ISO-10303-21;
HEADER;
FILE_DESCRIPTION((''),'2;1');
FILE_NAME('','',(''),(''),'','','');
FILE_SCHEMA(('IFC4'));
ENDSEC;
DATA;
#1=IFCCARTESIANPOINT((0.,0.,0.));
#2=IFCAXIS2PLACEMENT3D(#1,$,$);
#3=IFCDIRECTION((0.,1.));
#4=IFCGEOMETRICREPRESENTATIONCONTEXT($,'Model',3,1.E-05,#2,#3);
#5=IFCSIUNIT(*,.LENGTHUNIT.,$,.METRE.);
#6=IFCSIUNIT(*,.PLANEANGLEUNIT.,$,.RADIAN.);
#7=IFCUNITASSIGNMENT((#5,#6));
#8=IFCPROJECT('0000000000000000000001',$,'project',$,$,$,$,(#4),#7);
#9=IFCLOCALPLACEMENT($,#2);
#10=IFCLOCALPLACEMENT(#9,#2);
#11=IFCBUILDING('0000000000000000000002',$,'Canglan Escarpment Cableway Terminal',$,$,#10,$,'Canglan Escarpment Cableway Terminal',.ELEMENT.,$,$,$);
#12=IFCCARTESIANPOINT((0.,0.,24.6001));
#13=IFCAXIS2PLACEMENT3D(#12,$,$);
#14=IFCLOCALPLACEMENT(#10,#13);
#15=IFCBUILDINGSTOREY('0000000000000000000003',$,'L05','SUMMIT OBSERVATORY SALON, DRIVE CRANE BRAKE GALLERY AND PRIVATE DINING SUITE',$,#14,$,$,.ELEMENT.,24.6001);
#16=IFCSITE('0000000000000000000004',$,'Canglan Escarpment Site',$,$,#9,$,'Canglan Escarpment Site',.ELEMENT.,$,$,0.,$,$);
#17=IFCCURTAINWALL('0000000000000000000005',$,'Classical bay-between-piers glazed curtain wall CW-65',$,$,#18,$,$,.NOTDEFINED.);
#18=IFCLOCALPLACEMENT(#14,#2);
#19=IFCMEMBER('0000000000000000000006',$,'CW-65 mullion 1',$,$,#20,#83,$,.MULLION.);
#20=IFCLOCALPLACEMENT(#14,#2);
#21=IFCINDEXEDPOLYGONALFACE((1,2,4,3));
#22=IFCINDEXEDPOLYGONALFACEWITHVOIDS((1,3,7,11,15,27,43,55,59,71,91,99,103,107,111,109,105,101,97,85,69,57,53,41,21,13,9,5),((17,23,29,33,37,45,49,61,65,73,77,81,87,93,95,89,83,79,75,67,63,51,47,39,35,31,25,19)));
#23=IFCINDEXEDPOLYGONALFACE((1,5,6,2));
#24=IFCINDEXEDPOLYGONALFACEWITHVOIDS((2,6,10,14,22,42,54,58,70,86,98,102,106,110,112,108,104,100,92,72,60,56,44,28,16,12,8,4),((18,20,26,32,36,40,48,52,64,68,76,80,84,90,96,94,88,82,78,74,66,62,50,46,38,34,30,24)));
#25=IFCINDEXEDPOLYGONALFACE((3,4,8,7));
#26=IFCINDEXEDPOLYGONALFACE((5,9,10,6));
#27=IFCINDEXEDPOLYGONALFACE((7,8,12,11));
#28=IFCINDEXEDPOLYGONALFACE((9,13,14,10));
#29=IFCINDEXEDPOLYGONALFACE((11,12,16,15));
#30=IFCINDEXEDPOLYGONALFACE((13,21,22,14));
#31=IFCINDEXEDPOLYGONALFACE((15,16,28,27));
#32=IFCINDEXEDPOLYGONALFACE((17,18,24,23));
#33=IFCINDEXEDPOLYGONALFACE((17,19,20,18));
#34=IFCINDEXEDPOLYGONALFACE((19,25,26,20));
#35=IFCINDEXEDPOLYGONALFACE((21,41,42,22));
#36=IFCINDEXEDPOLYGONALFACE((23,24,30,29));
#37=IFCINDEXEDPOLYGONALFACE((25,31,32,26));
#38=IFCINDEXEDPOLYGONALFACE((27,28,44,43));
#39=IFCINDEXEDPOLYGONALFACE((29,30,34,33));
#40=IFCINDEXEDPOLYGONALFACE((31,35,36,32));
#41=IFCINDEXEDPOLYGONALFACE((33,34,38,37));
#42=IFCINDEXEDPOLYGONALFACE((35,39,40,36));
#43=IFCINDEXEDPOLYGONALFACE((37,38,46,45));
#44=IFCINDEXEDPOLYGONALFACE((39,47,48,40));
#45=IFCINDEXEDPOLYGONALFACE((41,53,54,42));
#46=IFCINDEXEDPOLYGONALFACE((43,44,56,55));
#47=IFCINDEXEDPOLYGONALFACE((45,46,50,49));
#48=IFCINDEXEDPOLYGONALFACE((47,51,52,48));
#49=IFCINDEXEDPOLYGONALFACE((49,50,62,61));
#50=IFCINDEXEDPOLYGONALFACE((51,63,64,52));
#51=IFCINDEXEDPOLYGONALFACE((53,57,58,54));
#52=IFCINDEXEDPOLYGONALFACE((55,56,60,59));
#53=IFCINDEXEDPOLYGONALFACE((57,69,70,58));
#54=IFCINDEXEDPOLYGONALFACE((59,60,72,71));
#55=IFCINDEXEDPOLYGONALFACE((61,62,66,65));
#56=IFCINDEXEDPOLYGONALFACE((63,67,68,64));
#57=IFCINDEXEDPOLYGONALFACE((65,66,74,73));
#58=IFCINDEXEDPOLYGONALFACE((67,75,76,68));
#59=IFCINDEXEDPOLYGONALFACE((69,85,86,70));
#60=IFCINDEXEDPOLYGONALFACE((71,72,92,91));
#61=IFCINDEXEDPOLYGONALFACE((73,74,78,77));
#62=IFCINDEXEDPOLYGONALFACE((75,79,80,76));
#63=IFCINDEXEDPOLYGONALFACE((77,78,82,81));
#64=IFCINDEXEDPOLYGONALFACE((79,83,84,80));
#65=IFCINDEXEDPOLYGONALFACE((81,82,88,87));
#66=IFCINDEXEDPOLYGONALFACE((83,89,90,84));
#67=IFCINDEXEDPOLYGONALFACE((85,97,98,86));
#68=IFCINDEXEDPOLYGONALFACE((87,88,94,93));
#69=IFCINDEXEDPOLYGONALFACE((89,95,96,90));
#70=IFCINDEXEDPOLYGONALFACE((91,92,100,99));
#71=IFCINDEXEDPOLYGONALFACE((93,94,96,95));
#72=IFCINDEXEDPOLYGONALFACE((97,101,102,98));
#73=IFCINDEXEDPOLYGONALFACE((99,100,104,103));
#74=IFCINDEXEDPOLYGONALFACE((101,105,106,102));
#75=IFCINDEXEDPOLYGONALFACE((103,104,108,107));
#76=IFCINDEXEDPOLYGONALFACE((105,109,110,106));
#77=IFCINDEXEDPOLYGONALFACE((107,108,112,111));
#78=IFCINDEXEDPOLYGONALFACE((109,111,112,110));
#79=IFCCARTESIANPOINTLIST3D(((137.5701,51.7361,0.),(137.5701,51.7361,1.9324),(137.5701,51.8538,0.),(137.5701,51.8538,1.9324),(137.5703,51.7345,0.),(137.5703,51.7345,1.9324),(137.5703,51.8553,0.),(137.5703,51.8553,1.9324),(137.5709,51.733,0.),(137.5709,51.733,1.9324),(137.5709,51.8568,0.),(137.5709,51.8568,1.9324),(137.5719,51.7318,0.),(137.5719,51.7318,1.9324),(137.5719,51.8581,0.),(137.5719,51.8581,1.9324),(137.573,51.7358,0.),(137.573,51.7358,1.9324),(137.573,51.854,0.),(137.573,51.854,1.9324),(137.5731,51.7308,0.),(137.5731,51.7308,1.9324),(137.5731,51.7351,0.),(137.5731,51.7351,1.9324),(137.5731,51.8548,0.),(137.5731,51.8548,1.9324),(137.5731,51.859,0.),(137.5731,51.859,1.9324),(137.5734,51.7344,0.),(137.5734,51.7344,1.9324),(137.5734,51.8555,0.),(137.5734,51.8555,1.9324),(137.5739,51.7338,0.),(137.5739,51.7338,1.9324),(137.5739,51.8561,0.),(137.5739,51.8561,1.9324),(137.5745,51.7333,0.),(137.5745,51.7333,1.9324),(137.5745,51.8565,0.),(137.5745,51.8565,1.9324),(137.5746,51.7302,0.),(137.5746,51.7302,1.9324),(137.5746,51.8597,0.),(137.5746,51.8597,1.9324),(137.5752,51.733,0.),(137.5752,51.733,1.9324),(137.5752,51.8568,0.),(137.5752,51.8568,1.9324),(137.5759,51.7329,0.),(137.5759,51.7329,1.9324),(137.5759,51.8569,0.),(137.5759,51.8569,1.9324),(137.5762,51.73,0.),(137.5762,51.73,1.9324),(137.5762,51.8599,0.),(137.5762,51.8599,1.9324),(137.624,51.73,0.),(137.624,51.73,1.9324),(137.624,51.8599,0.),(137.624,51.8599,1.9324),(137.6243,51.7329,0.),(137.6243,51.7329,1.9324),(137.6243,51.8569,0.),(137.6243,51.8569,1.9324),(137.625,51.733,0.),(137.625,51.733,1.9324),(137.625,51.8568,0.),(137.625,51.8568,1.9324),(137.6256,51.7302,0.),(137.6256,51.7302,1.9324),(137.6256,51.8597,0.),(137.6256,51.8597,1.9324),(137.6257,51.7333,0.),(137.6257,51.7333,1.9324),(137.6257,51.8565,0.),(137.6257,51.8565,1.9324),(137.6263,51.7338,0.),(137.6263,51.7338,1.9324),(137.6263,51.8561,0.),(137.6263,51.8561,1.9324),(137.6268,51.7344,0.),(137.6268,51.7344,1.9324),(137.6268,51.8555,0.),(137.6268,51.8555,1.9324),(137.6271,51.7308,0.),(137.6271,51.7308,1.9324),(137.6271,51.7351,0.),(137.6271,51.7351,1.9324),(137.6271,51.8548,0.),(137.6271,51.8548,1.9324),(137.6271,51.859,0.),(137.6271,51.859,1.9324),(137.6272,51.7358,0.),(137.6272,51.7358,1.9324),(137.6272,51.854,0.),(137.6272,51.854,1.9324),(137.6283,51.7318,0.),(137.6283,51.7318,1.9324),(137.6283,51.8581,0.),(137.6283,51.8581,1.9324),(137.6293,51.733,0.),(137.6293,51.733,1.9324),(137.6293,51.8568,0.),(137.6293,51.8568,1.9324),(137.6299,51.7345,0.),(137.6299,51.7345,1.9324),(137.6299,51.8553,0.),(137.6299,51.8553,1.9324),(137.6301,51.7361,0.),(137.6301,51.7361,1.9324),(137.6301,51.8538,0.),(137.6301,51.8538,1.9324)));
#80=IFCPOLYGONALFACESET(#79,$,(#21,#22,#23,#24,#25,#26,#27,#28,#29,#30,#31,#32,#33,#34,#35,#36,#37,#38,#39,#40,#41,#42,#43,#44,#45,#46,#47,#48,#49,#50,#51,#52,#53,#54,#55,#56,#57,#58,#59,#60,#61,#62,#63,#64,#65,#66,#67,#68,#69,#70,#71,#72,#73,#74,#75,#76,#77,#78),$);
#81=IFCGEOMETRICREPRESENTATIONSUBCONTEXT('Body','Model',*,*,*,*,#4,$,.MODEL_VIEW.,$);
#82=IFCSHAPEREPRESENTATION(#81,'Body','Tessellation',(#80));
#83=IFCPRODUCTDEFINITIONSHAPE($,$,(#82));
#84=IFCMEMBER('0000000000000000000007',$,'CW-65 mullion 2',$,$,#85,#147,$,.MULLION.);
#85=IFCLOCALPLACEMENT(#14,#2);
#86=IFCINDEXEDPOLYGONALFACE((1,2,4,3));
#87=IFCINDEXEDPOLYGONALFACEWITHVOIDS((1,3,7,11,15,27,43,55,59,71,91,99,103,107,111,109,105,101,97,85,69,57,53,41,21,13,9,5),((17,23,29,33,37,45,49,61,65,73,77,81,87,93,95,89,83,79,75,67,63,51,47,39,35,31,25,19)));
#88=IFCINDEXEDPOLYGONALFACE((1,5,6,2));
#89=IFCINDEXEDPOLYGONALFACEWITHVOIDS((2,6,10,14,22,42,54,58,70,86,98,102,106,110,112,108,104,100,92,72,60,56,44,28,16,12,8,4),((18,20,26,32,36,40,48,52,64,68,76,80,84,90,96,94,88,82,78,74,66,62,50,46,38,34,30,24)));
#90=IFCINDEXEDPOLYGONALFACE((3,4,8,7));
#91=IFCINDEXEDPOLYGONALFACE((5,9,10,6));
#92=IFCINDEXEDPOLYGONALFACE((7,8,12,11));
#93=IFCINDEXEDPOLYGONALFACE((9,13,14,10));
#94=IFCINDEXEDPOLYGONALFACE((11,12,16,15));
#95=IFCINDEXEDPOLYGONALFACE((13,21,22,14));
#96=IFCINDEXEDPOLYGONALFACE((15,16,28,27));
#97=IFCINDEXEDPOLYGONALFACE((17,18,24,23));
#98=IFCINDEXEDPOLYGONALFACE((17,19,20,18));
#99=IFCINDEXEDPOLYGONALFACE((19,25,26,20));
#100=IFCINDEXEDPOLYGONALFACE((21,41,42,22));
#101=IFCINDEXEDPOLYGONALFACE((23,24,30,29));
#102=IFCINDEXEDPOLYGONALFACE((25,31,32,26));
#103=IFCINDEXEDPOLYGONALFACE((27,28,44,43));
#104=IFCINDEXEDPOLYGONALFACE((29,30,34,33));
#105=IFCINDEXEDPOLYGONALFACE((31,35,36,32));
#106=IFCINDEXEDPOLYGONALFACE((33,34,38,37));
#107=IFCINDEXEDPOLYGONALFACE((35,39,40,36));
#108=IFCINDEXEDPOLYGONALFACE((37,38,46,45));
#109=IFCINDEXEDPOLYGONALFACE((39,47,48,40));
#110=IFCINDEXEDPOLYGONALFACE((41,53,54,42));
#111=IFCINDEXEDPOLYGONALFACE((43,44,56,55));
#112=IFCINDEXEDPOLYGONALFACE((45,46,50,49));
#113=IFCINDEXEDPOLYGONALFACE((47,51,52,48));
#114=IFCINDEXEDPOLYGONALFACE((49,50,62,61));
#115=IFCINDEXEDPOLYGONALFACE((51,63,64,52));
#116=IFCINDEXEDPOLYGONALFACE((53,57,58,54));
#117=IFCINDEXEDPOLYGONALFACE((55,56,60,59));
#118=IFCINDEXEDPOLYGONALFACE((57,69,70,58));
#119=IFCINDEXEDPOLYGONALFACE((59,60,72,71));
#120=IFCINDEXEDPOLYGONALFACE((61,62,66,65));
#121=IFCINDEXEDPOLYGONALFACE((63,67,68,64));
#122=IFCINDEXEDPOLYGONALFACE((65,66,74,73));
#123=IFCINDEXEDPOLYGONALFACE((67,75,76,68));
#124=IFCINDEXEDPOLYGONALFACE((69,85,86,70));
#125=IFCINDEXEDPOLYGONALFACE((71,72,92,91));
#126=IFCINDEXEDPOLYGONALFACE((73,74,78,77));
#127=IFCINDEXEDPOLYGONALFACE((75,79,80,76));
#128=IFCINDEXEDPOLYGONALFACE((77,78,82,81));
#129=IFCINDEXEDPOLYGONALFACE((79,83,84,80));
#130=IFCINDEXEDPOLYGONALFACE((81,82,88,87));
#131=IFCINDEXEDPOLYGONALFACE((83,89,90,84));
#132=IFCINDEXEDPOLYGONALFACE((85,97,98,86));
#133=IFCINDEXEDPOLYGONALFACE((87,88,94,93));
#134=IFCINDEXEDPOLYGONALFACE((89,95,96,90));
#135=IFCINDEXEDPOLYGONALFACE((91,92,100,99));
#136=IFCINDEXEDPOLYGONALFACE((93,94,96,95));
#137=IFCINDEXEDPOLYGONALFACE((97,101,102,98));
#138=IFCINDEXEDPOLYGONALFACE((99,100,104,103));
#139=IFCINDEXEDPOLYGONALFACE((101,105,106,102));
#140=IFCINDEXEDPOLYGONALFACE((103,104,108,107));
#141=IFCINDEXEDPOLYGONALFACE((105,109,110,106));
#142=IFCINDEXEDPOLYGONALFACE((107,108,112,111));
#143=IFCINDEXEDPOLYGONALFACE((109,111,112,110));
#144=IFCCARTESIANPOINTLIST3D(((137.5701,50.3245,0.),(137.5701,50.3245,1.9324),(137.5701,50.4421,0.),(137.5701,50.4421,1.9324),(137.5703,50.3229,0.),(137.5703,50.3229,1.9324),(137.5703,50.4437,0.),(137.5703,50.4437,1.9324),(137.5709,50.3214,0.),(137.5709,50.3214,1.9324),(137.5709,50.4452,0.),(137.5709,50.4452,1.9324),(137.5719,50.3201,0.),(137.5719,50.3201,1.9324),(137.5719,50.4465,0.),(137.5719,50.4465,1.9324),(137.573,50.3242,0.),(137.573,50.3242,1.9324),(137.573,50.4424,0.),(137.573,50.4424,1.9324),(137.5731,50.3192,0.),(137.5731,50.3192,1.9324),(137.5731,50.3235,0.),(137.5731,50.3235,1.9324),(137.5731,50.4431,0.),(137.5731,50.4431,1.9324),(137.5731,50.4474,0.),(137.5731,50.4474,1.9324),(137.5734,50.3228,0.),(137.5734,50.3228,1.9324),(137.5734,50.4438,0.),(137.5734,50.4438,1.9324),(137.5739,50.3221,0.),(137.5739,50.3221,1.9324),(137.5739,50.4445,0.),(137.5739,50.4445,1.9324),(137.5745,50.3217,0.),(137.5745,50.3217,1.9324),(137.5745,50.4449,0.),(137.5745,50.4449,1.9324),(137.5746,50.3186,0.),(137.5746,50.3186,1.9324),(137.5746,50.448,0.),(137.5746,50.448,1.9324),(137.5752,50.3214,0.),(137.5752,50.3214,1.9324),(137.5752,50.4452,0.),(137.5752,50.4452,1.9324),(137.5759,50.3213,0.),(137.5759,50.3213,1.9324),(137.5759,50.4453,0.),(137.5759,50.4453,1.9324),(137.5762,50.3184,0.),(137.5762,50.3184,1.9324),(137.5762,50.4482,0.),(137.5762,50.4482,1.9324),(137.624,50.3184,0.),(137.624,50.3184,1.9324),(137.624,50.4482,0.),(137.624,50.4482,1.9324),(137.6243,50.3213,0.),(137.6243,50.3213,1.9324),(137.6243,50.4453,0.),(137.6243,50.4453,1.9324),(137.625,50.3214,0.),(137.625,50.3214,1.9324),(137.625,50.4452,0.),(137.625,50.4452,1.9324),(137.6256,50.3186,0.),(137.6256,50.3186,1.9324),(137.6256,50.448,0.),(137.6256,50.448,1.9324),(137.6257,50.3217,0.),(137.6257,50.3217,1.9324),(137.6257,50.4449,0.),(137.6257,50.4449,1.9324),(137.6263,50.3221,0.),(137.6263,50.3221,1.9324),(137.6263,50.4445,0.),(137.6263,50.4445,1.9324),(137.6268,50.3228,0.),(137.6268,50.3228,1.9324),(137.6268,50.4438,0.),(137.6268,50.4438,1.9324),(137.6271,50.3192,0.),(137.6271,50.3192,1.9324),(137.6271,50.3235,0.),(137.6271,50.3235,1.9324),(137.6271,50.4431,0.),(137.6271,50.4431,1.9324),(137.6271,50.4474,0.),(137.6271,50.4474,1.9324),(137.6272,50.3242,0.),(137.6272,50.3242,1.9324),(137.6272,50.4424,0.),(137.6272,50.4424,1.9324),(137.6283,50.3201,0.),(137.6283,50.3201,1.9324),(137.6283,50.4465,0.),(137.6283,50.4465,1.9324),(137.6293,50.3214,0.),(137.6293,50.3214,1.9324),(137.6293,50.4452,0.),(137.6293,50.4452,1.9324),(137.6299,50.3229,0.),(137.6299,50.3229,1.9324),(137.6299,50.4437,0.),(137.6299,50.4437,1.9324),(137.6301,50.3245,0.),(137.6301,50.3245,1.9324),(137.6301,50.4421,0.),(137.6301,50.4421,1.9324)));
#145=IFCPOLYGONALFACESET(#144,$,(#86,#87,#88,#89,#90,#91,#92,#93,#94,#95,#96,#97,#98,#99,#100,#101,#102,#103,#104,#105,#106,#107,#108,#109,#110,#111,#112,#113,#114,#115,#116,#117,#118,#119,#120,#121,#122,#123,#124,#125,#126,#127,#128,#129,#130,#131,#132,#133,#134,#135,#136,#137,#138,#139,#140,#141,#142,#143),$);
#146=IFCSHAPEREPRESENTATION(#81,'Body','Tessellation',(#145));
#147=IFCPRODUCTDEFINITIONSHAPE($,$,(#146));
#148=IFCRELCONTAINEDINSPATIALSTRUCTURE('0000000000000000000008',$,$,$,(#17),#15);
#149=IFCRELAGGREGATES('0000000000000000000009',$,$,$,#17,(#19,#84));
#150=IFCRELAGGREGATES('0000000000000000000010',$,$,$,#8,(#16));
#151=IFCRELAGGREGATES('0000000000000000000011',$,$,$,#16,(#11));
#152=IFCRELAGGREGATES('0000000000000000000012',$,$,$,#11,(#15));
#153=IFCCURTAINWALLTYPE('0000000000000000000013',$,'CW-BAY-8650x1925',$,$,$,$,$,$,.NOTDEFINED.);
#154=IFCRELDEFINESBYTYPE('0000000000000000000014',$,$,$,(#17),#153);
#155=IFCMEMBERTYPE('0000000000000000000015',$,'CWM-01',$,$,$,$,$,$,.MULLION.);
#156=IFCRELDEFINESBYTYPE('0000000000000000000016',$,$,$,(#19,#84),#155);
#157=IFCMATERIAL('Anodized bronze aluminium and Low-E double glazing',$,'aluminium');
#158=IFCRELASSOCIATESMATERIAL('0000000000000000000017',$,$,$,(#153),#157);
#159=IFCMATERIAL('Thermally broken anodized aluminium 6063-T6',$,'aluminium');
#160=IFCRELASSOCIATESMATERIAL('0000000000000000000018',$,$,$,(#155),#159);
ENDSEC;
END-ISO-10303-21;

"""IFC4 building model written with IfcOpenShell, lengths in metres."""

from ifc_helpers import new_model, si_unit, direction, frame, origin, origin_2d, place, context, subcontext, project, spatial, hollow_rectangle, extrude, material, material_profile, profile_set, type_object, element, aggregate, save


model = new_model("IFC4")

# Units and contexts
model_context = context("Model", 3, precision=1e-05, world=origin(), true_north=direction((0.0, 1.0)))
body_context = subcontext(model_context, "Body", "Model", "MODEL_VIEW")
ifc_project = project(units=[si_unit("LENGTHUNIT", "METRE"), si_unit("PLANEANGLEUNIT", "RADIAN")], contexts=[model_context])

# Site, building, storey
site_placement = place(None, origin())
site = spatial("IfcSite", under=ifc_project, at=site_placement, Name="Canglan Escarpment Site", LongName="Canglan Escarpment Site", CompositionType="ELEMENT", RefElevation=0.0)
building_placement = place(site_placement, origin())
building = spatial("IfcBuilding", under=site, at=building_placement, Name="Canglan Escarpment Cableway Terminal", LongName="Canglan Escarpment Cableway Terminal", CompositionType="ELEMENT")
storey_placement = place(building_placement, frame((0.0, 0.0, 24.6001)))
storey = spatial("IfcBuildingStorey", under=building, at=storey_placement, Name="L05", Description="SUMMIT OBSERVATORY SALON, DRIVE CRANE BRAKE GALLERY AND PRIVATE DINING SUITE", CompositionType="ELEMENT", Elevation=24.6001)

# Curtain wall, members
ifc_material_1 = material(Name="Anodized bronze aluminium and Low-E double glazing", Category="aluminium")
curtain_wall_type_1 = type_object("IfcCurtainWallType", Name="CW-BAY-8650x1925", PredefinedType="NOTDEFINED", material=ifc_material_1)
curtain_wall_1_placement = place(storey_placement, origin())
curtain_wall_1 = element("IfcCurtainWall", 1, at=curtain_wall_1_placement, inside=storey, type_object=curtain_wall_type_1, Name="Classical bay-between-piers glazed curtain wall CW-65", PredefinedType="NOTDEFINED")
ifc_material_2 = material(Name="Thermally broken anodized aluminium 6063-T6", Category="aluminium")
ifc_material_profile_1 = material_profile(ifc_material_2, hollow_rectangle(XDim=0.0601, YDim=0.1299, WallThickness=0.0029, InnerFilletRadius=0.0029, OuterFilletRadius=0.0061, at=origin_2d()), Name="ALU-MULL 60x130x3")
ifc_profile_set_1 = profile_set([ifc_material_profile_1], Name="Thermally broken anodized aluminium 6063-T6")
member_type_1 = type_object("IfcMemberType", Name="CWM-01", PredefinedType="MULLION", material=ifc_profile_set_1)
member_1_placement = place(storey_placement, frame((137.6001, 51.7949, 0.0), z_axis=(0.0, 0.0, 1.0), x_axis=(1.0, 0.0, 0.0)))
member_1 = element("IfcMember", 2, at=member_1_placement, type_object=member_type_1, Name="CW-65 mullion 1", PredefinedType="MULLION", context=body_context, shape_type="SweptSolid", body=[
    extrude(hollow_rectangle(XDim=0.0601, YDim=0.1299, WallThickness=0.0029, InnerFilletRadius=0.0029, OuterFilletRadius=0.0061, at=origin_2d()), origin(), (0.0, 0.0, 1.0), 1.9324),
])
member_2_placement = place(storey_placement, frame((137.6001, 50.3833, 0.0), z_axis=(0.0, 0.0, 1.0), x_axis=(1.0, 0.0, 0.0)))
member_2 = element("IfcMember", 3, at=member_2_placement, type_object=member_type_1, Name="CW-65 mullion 2", PredefinedType="MULLION", context=body_context, shape_type="SweptSolid", body=[
    extrude(hollow_rectangle(XDim=0.0601, YDim=0.1299, WallThickness=0.0029, InnerFilletRadius=0.0029, OuterFilletRadius=0.0061, at=origin_2d()), origin(), (0.0, 0.0, 1.0), 1.9324),
])

aggregate(curtain_wall_1, [member_1, member_2])

save(model, "model.ifc")
